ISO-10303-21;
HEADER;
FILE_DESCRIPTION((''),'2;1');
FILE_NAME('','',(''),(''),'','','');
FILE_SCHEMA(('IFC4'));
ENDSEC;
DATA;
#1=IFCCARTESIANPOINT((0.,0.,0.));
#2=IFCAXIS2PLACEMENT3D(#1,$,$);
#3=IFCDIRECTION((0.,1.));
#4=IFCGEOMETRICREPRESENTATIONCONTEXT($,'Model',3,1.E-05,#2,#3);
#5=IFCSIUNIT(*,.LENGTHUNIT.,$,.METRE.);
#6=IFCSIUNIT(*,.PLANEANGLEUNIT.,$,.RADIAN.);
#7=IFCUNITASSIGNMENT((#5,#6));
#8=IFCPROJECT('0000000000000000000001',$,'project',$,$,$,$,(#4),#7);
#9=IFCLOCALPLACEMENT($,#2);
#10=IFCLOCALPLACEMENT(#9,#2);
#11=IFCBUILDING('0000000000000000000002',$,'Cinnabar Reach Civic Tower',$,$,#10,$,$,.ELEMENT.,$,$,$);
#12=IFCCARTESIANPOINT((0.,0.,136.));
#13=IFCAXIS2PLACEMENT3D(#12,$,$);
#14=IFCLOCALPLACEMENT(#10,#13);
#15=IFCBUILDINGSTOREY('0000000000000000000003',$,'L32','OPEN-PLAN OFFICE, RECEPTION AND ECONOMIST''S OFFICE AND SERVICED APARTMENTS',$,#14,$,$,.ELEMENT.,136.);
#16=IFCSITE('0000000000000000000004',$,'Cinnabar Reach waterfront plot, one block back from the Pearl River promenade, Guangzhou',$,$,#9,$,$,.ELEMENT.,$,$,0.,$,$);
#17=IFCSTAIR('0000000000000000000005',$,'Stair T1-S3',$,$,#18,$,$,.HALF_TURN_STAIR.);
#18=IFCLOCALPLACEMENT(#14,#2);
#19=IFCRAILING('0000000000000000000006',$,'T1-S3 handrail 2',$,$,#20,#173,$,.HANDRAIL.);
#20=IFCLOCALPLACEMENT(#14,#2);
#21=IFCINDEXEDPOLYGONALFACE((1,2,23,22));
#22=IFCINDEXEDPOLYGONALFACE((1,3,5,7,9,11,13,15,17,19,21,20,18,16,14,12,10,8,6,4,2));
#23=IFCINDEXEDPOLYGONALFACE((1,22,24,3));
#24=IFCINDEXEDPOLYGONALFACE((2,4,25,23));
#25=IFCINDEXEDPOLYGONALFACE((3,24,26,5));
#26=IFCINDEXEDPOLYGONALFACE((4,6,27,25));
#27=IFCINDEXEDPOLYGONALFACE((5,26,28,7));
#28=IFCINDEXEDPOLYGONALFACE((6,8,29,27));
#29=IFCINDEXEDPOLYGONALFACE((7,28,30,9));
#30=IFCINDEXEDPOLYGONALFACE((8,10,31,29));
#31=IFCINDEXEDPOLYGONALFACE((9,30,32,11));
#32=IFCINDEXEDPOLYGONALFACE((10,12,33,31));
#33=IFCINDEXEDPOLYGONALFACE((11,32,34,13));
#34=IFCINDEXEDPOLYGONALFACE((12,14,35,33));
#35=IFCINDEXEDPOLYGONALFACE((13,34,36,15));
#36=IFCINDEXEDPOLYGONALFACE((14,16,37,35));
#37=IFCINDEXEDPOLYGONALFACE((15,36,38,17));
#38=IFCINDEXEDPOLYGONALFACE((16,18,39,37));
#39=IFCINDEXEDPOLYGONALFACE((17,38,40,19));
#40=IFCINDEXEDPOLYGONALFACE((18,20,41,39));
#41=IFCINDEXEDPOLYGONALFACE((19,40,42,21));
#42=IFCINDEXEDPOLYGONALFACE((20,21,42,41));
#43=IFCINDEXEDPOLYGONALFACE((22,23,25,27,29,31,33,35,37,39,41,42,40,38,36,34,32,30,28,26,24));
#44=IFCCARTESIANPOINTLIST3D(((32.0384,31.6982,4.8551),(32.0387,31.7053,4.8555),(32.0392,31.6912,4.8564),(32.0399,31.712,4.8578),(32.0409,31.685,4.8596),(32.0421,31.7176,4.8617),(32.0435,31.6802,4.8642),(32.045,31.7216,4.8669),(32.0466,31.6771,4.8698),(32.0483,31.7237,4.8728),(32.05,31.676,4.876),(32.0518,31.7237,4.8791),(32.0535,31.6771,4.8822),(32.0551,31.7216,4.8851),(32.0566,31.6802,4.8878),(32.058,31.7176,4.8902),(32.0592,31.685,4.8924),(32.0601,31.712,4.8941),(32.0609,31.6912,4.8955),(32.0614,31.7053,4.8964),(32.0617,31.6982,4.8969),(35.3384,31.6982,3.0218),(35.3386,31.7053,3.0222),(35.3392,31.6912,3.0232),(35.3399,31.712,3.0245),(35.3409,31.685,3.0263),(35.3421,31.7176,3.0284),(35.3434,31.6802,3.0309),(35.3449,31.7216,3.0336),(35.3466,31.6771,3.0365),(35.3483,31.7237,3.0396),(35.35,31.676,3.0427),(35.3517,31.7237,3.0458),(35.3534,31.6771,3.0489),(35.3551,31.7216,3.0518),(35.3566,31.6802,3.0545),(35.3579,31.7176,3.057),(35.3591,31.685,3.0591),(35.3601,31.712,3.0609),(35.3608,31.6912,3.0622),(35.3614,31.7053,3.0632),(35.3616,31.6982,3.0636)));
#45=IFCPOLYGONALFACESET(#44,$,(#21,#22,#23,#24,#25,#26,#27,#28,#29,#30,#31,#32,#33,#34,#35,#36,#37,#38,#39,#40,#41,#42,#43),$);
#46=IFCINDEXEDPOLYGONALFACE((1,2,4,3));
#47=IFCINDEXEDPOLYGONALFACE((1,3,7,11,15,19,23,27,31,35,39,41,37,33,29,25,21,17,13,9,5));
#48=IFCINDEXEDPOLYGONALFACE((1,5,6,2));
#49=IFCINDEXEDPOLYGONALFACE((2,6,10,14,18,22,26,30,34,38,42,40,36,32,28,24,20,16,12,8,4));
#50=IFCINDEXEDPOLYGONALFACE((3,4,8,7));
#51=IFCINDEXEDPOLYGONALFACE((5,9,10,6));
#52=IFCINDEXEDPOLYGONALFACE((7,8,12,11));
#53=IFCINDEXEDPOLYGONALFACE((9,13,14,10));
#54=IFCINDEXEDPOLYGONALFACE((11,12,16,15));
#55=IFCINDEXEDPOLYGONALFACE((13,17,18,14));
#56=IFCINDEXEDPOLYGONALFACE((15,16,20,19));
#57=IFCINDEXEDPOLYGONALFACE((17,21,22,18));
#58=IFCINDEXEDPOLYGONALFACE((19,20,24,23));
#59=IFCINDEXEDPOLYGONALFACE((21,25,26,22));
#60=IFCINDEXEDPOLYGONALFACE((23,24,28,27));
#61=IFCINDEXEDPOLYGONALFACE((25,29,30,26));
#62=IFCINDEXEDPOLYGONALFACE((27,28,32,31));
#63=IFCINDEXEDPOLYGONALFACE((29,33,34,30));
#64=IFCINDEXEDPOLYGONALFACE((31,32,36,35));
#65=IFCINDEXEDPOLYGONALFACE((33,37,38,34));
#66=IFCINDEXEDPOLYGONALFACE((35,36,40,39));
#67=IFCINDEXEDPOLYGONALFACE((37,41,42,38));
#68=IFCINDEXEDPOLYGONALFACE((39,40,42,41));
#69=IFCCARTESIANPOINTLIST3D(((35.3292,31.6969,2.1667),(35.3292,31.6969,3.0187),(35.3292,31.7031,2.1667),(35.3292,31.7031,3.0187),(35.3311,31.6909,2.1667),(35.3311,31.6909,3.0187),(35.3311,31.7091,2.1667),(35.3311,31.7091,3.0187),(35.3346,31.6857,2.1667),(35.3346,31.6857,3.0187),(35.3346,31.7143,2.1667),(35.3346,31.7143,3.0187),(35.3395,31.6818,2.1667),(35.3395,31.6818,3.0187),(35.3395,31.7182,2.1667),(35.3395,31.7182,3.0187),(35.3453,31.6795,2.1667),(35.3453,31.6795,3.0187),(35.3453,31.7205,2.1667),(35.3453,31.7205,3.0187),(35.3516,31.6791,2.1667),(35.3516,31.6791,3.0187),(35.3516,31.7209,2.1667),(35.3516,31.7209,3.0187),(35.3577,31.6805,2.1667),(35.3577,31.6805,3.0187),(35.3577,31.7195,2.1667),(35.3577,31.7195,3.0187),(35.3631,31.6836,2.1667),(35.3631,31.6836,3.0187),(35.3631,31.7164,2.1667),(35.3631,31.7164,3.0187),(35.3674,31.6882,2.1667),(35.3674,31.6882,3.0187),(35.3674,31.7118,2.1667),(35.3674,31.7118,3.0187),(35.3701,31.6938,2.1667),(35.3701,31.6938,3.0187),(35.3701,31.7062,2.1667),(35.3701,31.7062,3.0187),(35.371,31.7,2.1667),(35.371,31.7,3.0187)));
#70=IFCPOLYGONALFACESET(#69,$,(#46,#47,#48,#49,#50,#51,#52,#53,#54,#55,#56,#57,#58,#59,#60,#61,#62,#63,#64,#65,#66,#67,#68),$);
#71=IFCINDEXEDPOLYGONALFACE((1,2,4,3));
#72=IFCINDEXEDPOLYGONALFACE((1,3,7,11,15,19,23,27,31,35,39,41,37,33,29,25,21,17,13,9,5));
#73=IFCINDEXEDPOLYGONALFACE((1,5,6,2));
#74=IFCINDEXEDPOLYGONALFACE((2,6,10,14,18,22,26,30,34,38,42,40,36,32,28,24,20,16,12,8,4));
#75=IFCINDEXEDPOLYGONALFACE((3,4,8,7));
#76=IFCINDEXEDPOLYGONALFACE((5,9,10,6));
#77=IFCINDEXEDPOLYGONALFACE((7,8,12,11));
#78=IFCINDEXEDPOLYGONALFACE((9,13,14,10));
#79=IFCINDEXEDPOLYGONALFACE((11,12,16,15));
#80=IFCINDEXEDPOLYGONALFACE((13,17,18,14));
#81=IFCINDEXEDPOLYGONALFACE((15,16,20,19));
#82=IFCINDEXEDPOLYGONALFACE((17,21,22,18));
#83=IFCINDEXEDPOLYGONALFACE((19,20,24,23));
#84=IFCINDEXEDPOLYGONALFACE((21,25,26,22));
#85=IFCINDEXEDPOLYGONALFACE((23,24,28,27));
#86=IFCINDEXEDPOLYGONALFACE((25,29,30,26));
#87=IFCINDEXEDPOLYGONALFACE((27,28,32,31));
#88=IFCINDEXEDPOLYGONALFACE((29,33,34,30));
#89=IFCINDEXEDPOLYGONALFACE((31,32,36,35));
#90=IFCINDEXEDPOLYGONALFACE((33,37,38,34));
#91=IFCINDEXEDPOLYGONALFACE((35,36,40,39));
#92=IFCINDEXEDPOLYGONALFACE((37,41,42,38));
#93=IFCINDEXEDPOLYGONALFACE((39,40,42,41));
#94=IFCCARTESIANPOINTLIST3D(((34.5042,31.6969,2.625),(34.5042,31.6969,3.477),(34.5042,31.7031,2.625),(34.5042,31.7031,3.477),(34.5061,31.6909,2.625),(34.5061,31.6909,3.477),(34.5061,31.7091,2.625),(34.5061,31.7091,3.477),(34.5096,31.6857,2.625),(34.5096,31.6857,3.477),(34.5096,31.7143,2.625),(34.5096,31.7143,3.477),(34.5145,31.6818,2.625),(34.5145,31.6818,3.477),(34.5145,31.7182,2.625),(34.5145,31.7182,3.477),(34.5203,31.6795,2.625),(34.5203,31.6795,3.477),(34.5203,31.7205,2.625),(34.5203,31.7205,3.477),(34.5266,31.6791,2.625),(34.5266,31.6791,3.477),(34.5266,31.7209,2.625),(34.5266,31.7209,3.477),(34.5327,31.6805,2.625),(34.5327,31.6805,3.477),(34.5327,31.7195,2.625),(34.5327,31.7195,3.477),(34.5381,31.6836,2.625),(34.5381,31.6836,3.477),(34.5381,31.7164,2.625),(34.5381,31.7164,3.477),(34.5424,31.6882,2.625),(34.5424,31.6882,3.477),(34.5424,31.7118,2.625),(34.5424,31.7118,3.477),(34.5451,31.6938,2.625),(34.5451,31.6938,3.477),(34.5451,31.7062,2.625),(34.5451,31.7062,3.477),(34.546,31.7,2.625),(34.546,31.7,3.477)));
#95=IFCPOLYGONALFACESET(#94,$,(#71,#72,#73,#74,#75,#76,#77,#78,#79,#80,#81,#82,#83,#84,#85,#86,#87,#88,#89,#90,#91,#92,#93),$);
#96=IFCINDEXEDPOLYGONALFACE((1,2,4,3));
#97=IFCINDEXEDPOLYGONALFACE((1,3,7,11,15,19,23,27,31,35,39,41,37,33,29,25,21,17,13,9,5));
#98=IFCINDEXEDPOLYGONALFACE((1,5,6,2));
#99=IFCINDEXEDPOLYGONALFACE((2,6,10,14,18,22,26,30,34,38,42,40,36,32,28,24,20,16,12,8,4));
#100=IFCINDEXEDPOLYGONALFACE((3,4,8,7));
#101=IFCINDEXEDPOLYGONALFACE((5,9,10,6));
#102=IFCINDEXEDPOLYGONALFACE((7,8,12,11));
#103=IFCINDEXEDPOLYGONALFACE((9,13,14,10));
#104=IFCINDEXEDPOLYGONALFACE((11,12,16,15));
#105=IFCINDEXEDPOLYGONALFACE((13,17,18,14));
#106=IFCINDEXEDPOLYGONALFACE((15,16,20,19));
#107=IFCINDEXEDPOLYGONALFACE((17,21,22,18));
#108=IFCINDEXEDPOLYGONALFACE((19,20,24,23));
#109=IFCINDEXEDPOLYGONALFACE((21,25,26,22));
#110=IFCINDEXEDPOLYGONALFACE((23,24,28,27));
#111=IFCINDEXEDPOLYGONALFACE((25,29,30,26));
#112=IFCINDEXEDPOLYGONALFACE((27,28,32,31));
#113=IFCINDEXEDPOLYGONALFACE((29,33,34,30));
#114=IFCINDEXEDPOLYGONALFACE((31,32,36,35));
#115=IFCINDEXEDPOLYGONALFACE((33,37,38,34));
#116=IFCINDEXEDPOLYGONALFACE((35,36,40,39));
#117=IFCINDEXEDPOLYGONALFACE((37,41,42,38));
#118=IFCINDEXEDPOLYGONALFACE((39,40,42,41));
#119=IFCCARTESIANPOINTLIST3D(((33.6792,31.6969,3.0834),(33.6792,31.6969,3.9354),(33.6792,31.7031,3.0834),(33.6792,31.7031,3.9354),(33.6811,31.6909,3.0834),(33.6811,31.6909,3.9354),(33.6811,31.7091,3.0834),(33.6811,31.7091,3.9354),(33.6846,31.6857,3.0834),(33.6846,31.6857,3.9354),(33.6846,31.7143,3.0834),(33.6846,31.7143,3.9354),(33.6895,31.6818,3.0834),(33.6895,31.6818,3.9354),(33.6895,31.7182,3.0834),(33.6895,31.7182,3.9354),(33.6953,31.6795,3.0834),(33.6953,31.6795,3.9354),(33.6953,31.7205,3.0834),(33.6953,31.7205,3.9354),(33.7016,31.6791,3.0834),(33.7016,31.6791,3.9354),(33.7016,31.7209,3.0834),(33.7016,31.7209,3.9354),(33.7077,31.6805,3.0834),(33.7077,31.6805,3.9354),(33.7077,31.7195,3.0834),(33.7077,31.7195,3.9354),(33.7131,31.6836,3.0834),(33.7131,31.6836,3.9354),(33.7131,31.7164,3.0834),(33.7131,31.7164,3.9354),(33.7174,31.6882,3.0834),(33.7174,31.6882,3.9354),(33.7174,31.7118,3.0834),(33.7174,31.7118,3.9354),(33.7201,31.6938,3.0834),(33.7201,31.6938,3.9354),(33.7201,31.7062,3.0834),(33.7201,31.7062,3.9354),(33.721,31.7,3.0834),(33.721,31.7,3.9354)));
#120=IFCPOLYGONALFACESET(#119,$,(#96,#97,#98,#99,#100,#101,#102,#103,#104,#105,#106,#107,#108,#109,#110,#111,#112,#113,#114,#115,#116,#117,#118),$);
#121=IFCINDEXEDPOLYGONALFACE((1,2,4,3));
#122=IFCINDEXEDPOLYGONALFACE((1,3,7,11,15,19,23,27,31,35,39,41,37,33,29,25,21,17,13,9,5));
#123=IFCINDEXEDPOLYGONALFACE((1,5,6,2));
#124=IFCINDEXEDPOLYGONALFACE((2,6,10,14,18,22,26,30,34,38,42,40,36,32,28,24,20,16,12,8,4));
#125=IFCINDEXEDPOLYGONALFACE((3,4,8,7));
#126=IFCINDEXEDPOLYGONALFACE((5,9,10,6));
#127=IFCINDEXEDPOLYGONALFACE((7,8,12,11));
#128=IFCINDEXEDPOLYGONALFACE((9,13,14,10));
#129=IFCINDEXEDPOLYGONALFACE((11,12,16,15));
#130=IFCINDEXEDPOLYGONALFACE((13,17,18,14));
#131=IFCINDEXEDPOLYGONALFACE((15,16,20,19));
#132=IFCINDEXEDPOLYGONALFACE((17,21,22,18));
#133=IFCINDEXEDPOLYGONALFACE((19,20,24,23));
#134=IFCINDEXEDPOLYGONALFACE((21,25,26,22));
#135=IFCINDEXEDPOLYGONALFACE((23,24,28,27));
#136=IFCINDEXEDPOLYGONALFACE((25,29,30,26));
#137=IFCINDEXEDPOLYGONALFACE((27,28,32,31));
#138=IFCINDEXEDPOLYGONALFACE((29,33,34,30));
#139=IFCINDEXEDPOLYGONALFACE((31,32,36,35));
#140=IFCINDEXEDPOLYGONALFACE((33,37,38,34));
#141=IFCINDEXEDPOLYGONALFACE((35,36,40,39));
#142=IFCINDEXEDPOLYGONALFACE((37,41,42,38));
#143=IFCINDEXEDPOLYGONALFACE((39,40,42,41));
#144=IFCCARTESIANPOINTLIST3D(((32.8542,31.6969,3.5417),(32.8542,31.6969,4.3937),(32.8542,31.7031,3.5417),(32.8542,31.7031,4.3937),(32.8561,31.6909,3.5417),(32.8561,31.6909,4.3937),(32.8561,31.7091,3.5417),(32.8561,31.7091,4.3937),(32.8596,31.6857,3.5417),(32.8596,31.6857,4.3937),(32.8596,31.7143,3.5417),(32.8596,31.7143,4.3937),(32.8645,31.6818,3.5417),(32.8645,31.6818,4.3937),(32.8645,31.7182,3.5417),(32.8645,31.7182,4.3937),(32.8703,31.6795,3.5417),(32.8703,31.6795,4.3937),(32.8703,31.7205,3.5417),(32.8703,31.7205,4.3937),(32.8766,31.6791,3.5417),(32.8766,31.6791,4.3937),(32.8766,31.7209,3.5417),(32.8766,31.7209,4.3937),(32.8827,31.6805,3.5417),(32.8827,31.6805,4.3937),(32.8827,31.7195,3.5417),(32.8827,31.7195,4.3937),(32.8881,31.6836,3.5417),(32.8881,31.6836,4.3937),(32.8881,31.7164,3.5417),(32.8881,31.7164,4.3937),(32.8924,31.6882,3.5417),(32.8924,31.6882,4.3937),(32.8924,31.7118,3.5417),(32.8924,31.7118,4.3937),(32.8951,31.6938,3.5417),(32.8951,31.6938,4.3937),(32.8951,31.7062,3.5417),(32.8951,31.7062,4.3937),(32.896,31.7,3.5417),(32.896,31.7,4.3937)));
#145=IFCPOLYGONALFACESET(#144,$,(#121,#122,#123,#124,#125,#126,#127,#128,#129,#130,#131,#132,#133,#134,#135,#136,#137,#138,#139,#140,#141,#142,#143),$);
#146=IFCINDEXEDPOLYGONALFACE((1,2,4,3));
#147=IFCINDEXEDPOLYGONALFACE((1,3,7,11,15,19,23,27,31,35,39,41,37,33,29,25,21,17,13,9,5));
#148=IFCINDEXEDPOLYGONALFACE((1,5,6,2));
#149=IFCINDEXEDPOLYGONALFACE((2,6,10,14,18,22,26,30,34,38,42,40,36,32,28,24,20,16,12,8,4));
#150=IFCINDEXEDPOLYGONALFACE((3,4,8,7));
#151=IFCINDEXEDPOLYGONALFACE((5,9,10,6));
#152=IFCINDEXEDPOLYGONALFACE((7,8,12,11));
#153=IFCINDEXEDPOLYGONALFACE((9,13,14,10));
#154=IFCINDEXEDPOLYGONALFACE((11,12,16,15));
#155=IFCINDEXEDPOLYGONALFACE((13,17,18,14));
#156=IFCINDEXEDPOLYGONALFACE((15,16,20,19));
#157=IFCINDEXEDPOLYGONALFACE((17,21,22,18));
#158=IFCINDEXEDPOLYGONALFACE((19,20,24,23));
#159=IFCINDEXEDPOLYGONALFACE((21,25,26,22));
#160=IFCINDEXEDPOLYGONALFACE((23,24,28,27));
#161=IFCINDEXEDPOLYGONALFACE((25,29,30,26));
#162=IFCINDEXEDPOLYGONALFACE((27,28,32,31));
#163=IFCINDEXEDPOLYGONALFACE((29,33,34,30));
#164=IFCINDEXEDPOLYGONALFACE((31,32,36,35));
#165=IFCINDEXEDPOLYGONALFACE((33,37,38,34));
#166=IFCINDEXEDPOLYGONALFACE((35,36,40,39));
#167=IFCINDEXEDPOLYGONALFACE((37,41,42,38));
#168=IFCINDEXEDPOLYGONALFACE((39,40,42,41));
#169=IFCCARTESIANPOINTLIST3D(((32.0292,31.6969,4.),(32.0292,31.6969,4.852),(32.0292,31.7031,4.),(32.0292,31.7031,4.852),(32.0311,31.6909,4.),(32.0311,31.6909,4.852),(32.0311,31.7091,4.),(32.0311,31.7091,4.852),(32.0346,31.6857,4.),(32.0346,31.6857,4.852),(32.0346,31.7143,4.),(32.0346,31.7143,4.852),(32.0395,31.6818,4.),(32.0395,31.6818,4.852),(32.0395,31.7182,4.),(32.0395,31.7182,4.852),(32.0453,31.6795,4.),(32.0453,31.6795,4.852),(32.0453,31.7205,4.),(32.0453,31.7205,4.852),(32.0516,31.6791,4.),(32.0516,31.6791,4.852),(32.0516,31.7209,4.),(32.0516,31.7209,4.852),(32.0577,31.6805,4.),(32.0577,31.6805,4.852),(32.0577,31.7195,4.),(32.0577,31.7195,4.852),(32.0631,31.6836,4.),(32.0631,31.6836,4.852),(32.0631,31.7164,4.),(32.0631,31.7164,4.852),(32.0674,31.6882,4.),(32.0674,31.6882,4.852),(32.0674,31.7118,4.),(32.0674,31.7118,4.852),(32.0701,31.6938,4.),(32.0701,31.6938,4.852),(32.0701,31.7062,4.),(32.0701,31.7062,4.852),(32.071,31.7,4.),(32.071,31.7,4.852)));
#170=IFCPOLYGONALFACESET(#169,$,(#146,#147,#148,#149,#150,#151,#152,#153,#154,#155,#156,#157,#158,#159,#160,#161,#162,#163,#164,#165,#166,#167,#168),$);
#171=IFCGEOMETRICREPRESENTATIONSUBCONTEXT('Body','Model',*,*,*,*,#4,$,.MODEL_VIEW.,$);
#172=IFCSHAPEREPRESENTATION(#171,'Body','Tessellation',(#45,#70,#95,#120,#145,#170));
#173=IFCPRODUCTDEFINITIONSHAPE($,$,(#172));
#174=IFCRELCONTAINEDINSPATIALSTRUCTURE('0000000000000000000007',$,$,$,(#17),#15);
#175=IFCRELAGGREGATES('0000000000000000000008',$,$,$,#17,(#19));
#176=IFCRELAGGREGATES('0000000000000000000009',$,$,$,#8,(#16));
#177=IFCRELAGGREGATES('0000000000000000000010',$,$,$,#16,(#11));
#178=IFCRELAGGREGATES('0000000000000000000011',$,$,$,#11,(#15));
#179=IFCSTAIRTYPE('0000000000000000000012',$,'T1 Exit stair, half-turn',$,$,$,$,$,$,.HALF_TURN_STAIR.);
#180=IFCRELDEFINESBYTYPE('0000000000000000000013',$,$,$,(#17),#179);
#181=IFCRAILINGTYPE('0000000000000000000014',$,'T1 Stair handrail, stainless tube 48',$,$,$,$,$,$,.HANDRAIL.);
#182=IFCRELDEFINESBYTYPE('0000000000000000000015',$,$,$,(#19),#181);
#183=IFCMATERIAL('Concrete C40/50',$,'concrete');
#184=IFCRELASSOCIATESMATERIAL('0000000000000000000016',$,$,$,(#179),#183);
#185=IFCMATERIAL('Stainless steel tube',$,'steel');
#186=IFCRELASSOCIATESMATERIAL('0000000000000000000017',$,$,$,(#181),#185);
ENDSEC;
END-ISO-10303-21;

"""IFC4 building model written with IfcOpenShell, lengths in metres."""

from ifc_helpers import new_model, si_unit, direction, frame, origin, origin_2d, place, context, subcontext, project, spatial, circle, extrude, material, type_object, element, aggregate, save


model = new_model("IFC4")

# Units and contexts
model_context = context("Model", 3, precision=1e-05, world=origin(), true_north=direction((0.0, 1.0)))
body_context = subcontext(model_context, "Body", "Model", "MODEL_VIEW")
ifc_project = project(units=[si_unit("LENGTHUNIT", "METRE"), si_unit("PLANEANGLEUNIT", "RADIAN")], contexts=[model_context])

# Site, building, storey
site_placement = place(None, origin())
site = spatial("IfcSite", under=ifc_project, at=site_placement, Name="Cinnabar Reach waterfront plot, one block back from the Pearl River promenade, Guangzhou", CompositionType="ELEMENT", RefElevation=0.0)
building_placement = place(site_placement, origin())
building = spatial("IfcBuilding", under=site, at=building_placement, Name="Cinnabar Reach Civic Tower", CompositionType="ELEMENT")
storey_placement = place(building_placement, frame((0.0, 0.0, 136.0)))
storey = spatial("IfcBuildingStorey", under=building, at=storey_placement, Name="L32", Description="OPEN-PLAN OFFICE, RECEPTION AND ECONOMIST'S OFFICE AND SERVICED APARTMENTS", CompositionType="ELEMENT", Elevation=136.0)

# Stair, railing
ifc_material_1 = material(Name="Concrete C40/50", Category="concrete")
stair_type = type_object("IfcStairType", Name="T1 Exit stair, half-turn", PredefinedType="HALF_TURN_STAIR", material=ifc_material_1)
stair_placement = place(storey_placement, origin())
stair = element("IfcStair", 1, at=stair_placement, inside=storey, type_object=stair_type, Name="Stair T1-S3", PredefinedType="HALF_TURN_STAIR")
ifc_material_2 = material(Name="Stainless steel tube", Category="steel")
railing_type = type_object("IfcRailingType", Name="T1 Stair handrail, stainless tube 48", PredefinedType="HANDRAIL", material=ifc_material_2)
railing_1_placement = place(storey_placement, frame((35.35, 31.7, 2.1667)))
railing_1 = element("IfcRailing", 2, at=railing_1_placement, type_object=railing_type, Name="T1-S3 handrail 2", PredefinedType="HANDRAIL", context=body_context, shape_type="SweptSolid", body=[
    extrude(circle(Radius=0.024, at=origin_2d()), frame((0.0, 0.0, 0.876), z_axis=(-0.874161, 0.0, 0.485636), x_axis=(0.0, -1.0, 0.0)), (0.0, 0.0, 1.0), 3.775),
    extrude(circle(Radius=0.021, at=origin_2d()), origin(), (0.0, 0.0, 1.0), 0.852),
    extrude(circle(Radius=0.021, at=origin_2d()), frame((-0.825, 0.0, 0.4583)), (0.0, 0.0, 1.0), 0.852),
    extrude(circle(Radius=0.021, at=origin_2d()), frame((-1.65, 0.0, 0.9167)), (0.0, 0.0, 1.0), 0.852),
    extrude(circle(Radius=0.021, at=origin_2d()), frame((-2.475, 0.0, 1.375)), (0.0, 0.0, 1.0), 0.852),
    extrude(circle(Radius=0.021, at=origin_2d()), frame((-3.3, 0.0, 1.8333)), (0.0, 0.0, 1.0), 0.852),
])
aggregate(stair, [railing_1])

save(model, "model.ifc")
